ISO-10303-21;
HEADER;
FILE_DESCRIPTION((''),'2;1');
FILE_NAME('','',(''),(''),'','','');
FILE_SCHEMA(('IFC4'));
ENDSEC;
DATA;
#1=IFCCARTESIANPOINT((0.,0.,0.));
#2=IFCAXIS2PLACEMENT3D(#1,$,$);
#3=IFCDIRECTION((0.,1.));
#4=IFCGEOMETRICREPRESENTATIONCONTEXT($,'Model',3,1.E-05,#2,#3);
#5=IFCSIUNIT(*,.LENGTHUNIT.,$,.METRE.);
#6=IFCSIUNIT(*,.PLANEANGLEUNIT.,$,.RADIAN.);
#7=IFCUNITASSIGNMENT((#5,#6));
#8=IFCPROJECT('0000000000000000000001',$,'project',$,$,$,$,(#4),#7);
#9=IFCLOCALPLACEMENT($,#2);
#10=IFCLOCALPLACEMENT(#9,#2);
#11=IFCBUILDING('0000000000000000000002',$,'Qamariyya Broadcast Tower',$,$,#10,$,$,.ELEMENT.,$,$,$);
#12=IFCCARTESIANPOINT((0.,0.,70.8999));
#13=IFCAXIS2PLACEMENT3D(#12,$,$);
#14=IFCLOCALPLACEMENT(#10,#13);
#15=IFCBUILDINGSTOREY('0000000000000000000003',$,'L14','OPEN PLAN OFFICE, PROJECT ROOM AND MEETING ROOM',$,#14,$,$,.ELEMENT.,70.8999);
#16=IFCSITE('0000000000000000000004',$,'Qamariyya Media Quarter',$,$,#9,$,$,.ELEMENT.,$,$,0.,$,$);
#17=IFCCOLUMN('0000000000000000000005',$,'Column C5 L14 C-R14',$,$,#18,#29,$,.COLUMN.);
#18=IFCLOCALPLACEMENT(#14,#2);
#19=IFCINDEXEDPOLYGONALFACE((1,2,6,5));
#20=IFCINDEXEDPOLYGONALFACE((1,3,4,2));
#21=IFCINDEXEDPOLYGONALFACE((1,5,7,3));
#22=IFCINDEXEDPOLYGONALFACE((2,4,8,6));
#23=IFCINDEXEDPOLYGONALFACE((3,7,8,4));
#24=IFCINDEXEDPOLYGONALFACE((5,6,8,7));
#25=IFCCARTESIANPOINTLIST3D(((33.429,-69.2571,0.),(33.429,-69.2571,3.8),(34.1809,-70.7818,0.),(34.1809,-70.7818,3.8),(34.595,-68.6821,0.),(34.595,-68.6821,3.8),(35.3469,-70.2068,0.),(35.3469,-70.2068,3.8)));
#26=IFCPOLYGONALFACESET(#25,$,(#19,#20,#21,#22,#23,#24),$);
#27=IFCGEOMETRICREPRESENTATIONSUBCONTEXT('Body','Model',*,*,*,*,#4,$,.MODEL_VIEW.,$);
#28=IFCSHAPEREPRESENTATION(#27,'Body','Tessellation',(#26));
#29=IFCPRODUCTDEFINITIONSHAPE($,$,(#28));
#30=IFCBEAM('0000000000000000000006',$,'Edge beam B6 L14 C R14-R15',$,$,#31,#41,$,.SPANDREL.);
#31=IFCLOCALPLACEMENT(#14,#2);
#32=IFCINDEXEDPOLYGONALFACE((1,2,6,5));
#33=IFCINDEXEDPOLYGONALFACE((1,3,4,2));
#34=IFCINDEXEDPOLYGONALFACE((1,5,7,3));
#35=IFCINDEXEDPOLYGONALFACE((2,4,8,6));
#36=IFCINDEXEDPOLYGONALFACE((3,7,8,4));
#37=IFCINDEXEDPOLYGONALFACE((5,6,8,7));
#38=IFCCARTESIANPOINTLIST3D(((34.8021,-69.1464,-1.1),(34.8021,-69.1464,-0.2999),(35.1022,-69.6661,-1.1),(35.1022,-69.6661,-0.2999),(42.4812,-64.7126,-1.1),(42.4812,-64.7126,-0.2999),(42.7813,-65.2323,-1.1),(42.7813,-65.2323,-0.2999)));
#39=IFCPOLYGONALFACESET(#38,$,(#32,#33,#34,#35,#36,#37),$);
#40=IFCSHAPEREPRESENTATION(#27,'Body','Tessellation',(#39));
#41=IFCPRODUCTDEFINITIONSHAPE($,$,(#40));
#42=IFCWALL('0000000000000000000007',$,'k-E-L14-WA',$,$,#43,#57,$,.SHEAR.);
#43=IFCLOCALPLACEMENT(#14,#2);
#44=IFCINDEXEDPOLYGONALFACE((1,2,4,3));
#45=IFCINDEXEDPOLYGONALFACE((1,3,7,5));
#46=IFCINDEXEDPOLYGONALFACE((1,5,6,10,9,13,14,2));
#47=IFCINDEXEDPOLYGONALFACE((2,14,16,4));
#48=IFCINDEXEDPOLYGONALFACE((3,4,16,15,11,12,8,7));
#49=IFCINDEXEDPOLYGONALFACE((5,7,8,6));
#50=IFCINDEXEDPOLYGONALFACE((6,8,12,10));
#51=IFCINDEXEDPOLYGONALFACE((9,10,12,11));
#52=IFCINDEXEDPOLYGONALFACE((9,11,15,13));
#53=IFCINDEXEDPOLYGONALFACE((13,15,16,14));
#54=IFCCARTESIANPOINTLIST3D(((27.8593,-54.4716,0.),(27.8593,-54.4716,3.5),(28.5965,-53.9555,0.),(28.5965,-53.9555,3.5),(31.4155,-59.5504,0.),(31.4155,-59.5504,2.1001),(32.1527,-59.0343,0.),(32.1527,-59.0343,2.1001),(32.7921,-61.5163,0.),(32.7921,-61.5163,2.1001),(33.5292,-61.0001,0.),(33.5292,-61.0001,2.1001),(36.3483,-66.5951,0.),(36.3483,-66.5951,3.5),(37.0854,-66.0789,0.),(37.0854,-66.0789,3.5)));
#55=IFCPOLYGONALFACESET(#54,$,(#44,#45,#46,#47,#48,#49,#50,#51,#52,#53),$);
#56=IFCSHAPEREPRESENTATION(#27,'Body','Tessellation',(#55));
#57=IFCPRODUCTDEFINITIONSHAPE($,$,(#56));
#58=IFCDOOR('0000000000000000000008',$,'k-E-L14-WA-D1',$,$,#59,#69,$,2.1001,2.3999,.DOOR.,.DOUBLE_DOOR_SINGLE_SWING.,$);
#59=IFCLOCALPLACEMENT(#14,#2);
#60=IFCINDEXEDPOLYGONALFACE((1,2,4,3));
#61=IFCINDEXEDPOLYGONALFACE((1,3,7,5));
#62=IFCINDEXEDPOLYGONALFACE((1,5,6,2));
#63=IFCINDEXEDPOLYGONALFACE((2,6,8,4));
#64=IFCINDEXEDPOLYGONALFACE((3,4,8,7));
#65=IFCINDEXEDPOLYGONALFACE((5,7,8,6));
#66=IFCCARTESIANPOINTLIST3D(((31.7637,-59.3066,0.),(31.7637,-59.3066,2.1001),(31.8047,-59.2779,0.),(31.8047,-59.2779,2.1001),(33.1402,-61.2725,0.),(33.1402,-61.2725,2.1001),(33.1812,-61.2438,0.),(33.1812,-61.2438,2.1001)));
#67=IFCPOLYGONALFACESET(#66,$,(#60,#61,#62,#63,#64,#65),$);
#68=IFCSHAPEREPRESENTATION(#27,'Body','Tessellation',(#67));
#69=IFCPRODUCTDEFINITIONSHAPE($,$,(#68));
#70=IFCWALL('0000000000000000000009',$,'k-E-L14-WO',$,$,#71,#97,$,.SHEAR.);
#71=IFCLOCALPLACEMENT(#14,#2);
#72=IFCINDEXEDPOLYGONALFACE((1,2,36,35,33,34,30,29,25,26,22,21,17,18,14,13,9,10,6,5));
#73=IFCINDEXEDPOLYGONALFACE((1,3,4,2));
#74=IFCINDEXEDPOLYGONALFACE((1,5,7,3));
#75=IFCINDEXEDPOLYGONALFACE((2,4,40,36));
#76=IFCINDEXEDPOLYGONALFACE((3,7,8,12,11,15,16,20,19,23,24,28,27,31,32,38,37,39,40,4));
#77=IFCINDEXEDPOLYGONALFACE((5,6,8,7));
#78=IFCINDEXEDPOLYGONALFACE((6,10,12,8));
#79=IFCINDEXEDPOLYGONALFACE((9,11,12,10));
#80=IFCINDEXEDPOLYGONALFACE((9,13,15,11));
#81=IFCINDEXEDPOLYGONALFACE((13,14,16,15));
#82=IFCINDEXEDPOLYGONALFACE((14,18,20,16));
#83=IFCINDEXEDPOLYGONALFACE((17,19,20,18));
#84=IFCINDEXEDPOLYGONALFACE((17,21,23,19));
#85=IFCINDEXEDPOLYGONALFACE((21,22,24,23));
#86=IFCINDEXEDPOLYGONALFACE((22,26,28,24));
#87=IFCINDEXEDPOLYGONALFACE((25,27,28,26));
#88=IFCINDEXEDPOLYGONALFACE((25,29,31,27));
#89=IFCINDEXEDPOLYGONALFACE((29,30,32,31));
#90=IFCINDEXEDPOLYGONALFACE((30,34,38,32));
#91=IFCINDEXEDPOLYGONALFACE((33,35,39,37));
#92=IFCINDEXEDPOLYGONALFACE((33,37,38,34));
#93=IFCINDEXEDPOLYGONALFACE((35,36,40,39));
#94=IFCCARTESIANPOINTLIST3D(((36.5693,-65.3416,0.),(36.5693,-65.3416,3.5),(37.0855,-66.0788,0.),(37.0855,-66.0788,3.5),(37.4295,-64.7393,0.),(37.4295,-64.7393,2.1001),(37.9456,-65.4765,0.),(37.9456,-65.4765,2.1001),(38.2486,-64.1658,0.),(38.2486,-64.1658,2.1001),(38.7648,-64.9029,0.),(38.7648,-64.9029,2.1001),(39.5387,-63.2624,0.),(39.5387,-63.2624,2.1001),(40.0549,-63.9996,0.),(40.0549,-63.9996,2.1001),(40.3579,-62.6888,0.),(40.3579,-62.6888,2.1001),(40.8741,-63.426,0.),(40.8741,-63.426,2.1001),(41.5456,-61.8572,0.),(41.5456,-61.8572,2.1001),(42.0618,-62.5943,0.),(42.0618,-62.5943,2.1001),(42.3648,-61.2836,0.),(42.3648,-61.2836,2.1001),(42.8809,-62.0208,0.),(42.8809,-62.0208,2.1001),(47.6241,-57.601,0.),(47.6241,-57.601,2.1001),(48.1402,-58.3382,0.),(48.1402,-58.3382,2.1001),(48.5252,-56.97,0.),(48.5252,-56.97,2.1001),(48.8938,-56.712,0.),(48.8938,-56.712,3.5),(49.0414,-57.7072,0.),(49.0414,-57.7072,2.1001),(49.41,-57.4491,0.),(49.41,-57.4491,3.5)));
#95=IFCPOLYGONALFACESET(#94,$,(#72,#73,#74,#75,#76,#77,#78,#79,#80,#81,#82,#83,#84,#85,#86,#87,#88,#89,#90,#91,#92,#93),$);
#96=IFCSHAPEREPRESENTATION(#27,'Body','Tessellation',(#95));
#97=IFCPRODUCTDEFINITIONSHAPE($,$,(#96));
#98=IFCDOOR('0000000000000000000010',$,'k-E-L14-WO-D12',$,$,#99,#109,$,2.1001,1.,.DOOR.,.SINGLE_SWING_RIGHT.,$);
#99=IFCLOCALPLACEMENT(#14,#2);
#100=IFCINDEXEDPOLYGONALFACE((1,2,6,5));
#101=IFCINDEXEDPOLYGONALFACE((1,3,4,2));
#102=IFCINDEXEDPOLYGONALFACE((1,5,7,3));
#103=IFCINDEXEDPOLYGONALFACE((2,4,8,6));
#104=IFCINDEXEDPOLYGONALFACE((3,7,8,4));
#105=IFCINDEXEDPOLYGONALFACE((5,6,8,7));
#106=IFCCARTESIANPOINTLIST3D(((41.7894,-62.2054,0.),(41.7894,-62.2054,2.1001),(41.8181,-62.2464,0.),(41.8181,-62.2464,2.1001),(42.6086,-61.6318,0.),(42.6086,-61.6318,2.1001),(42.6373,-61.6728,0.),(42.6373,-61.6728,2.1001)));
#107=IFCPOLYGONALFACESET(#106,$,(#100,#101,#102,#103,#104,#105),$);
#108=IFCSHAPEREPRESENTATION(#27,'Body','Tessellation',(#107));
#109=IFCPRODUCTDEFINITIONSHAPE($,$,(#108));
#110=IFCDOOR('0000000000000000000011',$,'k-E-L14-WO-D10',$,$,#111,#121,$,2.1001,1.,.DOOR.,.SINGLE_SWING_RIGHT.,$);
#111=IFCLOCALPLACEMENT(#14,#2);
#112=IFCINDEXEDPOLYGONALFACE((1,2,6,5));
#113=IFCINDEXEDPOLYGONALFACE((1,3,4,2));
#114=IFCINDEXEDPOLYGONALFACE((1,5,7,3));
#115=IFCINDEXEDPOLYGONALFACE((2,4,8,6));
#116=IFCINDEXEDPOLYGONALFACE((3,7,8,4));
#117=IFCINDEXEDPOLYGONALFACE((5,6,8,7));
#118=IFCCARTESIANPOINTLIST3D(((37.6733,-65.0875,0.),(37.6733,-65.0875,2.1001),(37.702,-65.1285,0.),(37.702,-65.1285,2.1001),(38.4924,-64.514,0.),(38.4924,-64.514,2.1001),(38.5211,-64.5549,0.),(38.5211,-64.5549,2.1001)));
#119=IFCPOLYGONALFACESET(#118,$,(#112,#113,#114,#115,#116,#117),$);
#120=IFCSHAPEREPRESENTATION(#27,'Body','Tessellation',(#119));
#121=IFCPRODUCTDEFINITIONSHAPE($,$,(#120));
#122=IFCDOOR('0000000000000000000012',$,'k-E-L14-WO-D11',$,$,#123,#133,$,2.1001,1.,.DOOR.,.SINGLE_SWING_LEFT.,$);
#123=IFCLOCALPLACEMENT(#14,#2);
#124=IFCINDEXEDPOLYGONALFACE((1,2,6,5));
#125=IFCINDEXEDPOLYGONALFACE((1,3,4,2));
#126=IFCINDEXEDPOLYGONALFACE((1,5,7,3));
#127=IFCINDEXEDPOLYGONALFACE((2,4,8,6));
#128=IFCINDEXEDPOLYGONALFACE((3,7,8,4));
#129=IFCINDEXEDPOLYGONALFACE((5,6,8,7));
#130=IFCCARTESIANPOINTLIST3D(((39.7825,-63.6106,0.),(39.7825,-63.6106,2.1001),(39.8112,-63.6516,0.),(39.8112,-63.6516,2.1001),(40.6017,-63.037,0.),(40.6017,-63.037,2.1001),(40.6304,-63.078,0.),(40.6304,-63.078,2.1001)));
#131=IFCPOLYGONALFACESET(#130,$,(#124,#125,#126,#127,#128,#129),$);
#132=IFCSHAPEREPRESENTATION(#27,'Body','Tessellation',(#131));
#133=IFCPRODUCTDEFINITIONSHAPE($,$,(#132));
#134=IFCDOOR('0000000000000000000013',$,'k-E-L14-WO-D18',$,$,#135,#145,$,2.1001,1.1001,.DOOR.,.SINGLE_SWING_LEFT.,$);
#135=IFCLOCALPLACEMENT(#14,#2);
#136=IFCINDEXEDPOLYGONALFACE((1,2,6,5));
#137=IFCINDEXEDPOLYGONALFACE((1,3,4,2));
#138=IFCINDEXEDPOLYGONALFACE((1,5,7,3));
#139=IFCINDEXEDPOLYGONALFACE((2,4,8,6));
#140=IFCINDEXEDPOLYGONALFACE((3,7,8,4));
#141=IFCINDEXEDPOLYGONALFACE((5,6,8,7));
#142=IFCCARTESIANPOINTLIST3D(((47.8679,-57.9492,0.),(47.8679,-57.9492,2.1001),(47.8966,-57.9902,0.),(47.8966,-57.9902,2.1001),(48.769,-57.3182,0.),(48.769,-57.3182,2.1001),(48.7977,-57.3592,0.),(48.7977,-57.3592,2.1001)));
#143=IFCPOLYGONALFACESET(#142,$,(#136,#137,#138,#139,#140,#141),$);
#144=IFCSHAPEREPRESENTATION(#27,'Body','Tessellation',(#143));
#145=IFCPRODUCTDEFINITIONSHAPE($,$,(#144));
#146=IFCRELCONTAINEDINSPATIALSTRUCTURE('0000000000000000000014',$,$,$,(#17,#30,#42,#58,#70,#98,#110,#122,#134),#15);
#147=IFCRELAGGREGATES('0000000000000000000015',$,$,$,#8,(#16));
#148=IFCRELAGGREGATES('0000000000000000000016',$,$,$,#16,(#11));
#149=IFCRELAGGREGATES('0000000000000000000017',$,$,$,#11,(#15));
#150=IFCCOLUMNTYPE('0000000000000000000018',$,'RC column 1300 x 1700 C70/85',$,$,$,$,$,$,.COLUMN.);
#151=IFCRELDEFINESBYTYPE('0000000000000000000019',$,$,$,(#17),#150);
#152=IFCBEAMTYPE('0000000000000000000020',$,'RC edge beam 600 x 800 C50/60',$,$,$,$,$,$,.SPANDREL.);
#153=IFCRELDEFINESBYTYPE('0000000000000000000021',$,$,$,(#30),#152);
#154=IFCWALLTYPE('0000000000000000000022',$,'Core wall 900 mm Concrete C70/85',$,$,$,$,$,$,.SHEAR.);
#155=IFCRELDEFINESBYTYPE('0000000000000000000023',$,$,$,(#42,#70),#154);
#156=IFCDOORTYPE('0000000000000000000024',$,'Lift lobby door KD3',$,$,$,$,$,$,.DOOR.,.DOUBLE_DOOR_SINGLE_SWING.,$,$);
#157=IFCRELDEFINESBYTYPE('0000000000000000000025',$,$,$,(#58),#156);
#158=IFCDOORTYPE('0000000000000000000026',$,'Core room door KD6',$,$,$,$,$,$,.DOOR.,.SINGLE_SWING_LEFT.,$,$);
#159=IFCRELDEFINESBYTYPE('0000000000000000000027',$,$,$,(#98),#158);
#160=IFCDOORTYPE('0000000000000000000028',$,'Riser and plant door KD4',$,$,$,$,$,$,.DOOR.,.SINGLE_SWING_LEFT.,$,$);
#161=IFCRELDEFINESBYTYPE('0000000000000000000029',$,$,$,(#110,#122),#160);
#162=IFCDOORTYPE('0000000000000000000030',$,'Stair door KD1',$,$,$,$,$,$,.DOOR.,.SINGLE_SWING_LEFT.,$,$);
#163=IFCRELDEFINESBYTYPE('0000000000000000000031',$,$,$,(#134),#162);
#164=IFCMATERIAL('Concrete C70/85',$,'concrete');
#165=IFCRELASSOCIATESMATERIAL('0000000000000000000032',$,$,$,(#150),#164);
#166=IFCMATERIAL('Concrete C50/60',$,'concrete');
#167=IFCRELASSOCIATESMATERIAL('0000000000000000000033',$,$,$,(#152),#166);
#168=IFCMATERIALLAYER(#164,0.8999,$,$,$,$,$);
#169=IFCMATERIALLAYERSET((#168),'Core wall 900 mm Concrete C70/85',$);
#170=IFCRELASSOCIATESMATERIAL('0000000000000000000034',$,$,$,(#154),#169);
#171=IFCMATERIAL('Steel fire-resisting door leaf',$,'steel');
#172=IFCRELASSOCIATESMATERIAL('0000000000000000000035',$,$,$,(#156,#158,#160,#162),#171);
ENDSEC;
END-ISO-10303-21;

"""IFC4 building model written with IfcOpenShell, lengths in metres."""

from ifc_helpers import new_model, si_unit, direction, frame, frame_2d, origin, origin_2d, place, context, subcontext, project, spatial, rectangle, extrude, material, layer, layer_set, material_profile, profile_set, type_object, element, fill, save


model = new_model("IFC4")

# Units and contexts
model_context = context("Model", 3, precision=1e-05, world=origin(), true_north=direction((0.0, 1.0)))
body_context = subcontext(model_context, "Body", "Model", "MODEL_VIEW")
ifc_project = project(units=[si_unit("LENGTHUNIT", "METRE"), si_unit("PLANEANGLEUNIT", "RADIAN")], contexts=[model_context])

# Site, building, storey
site_placement = place(None, origin())
site = spatial("IfcSite", under=ifc_project, at=site_placement, Name="Qamariyya Media Quarter", CompositionType="ELEMENT", RefElevation=0.0)
building_placement = place(site_placement, origin())
building = spatial("IfcBuilding", under=site, at=building_placement, Name="Qamariyya Broadcast Tower", CompositionType="ELEMENT")
storey_placement = place(building_placement, frame((0.0, 0.0, 70.8999)))
storey = spatial("IfcBuildingStorey", under=building, at=storey_placement, Name="L14", Description="OPEN PLAN OFFICE, PROJECT ROOM AND MEETING ROOM", CompositionType="ELEMENT", Elevation=70.8999)

# Column
ifc_material_1 = material(Name="Concrete C70/85", Category="concrete")
ifc_material_profile_1 = material_profile(ifc_material_1, rectangle(XDim=1.3, YDim=1.7, at=origin_2d()))
ifc_profile_set_1 = profile_set([ifc_material_profile_1], Name="Concrete C70/85")
column_type = type_object("IfcColumnType", Name="RC column 1300 x 1700 C70/85", PredefinedType="COLUMN", material=ifc_profile_set_1)
column_placement = place(storey_placement, frame((34.3879, -69.7319, 0.0), z_axis=(0.0, 0.0, 1.0), x_axis=(0.896873, 0.442289, 0.0)))
element("IfcColumn", 1, at=column_placement, inside=storey, type_object=column_type, Name="Column C5 L14 C-R14", PredefinedType="COLUMN", context=body_context, shape_type="SweptSolid", body=[
    extrude(rectangle(XDim=1.3, YDim=1.7, at=origin_2d()), origin(), (0.0, 0.0, 1.0), 3.8),
])

# Beam
ifc_material_2 = material(Name="Concrete C50/60", Category="concrete")
ifc_material_profile_2 = material_profile(ifc_material_2, rectangle(XDim=0.6001, YDim=0.8, at=origin_2d()))
ifc_profile_set_2 = profile_set([ifc_material_profile_2], Name="Concrete C50/60")
beam_type = type_object("IfcBeamType", Name="RC edge beam 600 x 800 C50/60", PredefinedType="SPANDREL", material=ifc_profile_set_2)
beam_placement = place(storey_placement, frame((34.9521, -69.4062, -0.7), z_axis=(0.866013, 0.500021, 0.0), x_axis=(-0.500021, 0.866013, 0.0)))
element("IfcBeam", 2, at=beam_placement, inside=storey, type_object=beam_type, Name="Edge beam B6 L14 C R14-R15", PredefinedType="SPANDREL", context=body_context, shape_type="SweptSolid", body=[
    extrude(rectangle(XDim=0.6001, YDim=0.8, at=origin_2d()), origin(), (0.0, 0.0, 1.0), 8.8672),
])

# Wall, opening, door
ifc_layer_1 = layer(ifc_material_1, 0.8999)
ifc_layer_set_1 = layer_set([ifc_layer_1], Name="Core wall 900 mm Concrete C70/85")
wall_type_1 = type_object("IfcWallType", Name="Core wall 900 mm Concrete C70/85", PredefinedType="SHEAR", material=ifc_layer_set_1)
wall_1_placement = place(storey_placement, frame((36.7168, -66.3369, 0.0), z_axis=(0.0, 0.0, 1.0), x_axis=(-0.573577, 0.819151, 0.0)))
wall_1 = element("IfcWall", 3, at=wall_1_placement, inside=storey, type_object=wall_type_1, Name="k-E-L14-WA", PredefinedType="SHEAR", context=body_context, shape_type="SweptSolid", body=[
    extrude(rectangle(XDim=14.8, YDim=0.8999, at=frame_2d((7.3999, 0.0))), origin(), (0.0, 0.0, 1.0), 3.5),
])
opening_1_placement = place(wall_1_placement, frame((6.2, 0.0, 0.0)))
opening_1 = element("IfcOpeningElement", 4, at=opening_1_placement, cuts=wall_1, PredefinedType="OPENING", context=body_context, shape_type="SweptSolid", body=[
    extrude(rectangle(XDim=2.3999, YDim=2.1001, at=frame_2d((1.2, 1.05))), frame((0.0, 0.46, 0.0), z_axis=(0.0, -1.0, 0.0), x_axis=(1.0, 0.0, 0.0)), (0.0, 0.0, 1.0), 0.9199),
])
ifc_material_3 = material(Name="Steel fire-resisting door leaf", Category="steel")
door_type_1 = type_object("IfcDoorType", Name="Lift lobby door KD3", OperationType="DOUBLE_DOOR_SINGLE_SWING", PredefinedType="DOOR", material=ifc_material_3)
door_1_placement = place(opening_1_placement, origin())
door_1 = element("IfcDoor", 5, at=door_1_placement, inside=storey, type_object=door_type_1, Name="k-E-L14-WA-D1", OperationType="DOUBLE_DOOR_SINGLE_SWING", OverallHeight=2.1001, OverallWidth=2.3999, PredefinedType="DOOR", context=body_context, shape_type="SweptSolid", body=[
    extrude(rectangle(XDim=2.3999, YDim=2.1001, at=frame_2d((1.2, 1.05))), frame((0.0, 0.0249, 0.0), z_axis=(0.0, -1.0, 0.0), x_axis=(1.0, 0.0, 0.0)), (0.0, 0.0, 1.0), 0.05),
])
fill(opening_1, door_1)

# Wall, openings, doors
wall_2_placement = place(storey_placement, frame((36.8274, -65.7102, 0.0), z_axis=(0.0, 0.0, 1.0), x_axis=(0.819153, 0.573575, 0.0)))
wall_2 = element("IfcWall", 6, at=wall_2_placement, inside=storey, type_object=wall_type_1, Name="k-E-L14-WO", PredefinedType="SHEAR", context=body_context, shape_type="SweptSolid", body=[
    extrude(rectangle(XDim=15.0454, YDim=0.8999, at=frame_2d((7.5227, 0.0))), origin(), (0.0, 0.0, 1.0), 3.5),
])
opening_2_placement = place(wall_2_placement, frame((1.05, 0.0, 0.0)))
opening_2 = element("IfcOpeningElement", 7, at=opening_2_placement, cuts=wall_2, PredefinedType="OPENING", context=body_context, shape_type="SweptSolid", body=[
    extrude(rectangle(XDim=1.0, YDim=2.1001, at=frame_2d((0.5, 1.05))), frame((0.0, 0.46, 0.0), z_axis=(0.0, -1.0, 0.0), x_axis=(1.0, 0.0, 0.0)), (0.0, 0.0, 1.0), 0.9199),
])
opening_3_placement = place(wall_2_placement, frame((3.625, 0.0, 0.0)))
opening_3 = element("IfcOpeningElement", 8, at=opening_3_placement, cuts=wall_2, PredefinedType="OPENING", context=body_context, shape_type="SweptSolid", body=[
    extrude(rectangle(XDim=1.0, YDim=2.1001, at=frame_2d((0.5, 1.05))), frame((0.0, 0.46, 0.0), z_axis=(0.0, -1.0, 0.0), x_axis=(1.0, 0.0, 0.0)), (0.0, 0.0, 1.0), 0.9199),
])
opening_4_placement = place(wall_2_placement, frame((6.075, 0.0, 0.0)))
opening_4 = element("IfcOpeningElement", 9, at=opening_4_placement, cuts=wall_2, PredefinedType="OPENING", context=body_context, shape_type="SweptSolid", body=[
    extrude(rectangle(XDim=1.0, YDim=2.1001, at=frame_2d((0.5, 1.05))), frame((0.0, 0.46, 0.0), z_axis=(0.0, -1.0, 0.0), x_axis=(1.0, 0.0, 0.0)), (0.0, 0.0, 1.0), 0.9199),
])
opening_5_placement = place(wall_2_placement, frame((13.4954, 0.0, 0.0)))
opening_5 = element("IfcOpeningElement", 10, at=opening_5_placement, cuts=wall_2, PredefinedType="OPENING", context=body_context, shape_type="SweptSolid", body=[
    extrude(rectangle(XDim=1.1001, YDim=2.1001, at=frame_2d((0.55, 1.05))), frame((0.0, 0.46, 0.0), z_axis=(0.0, -1.0, 0.0), x_axis=(1.0, 0.0, 0.0)), (0.0, 0.0, 1.0), 0.9199),
])
door_type_2 = type_object("IfcDoorType", Name="Core room door KD6", OperationType="SINGLE_SWING_LEFT", PredefinedType="DOOR", material=ifc_material_3)
door_2_placement = place(opening_4_placement, origin())
door_2 = element("IfcDoor", 11, at=door_2_placement, inside=storey, type_object=door_type_2, Name="k-E-L14-WO-D12", OperationType="SINGLE_SWING_RIGHT", OverallHeight=2.1001, OverallWidth=1.0, PredefinedType="DOOR", context=body_context, shape_type="SweptSolid", body=[
    extrude(rectangle(XDim=1.0, YDim=2.1001, at=frame_2d((0.5, 1.05))), frame((0.0, 0.0249, 0.0), z_axis=(0.0, -1.0, 0.0), x_axis=(1.0, 0.0, 0.0)), (0.0, 0.0, 1.0), 0.05),
])
fill(opening_4, door_2)
door_type_3 = type_object("IfcDoorType", Name="Riser and plant door KD4", OperationType="SINGLE_SWING_LEFT", PredefinedType="DOOR", material=ifc_material_3)
door_3_placement = place(opening_2_placement, origin())
door_3 = element("IfcDoor", 12, at=door_3_placement, inside=storey, type_object=door_type_3, Name="k-E-L14-WO-D10", OperationType="SINGLE_SWING_RIGHT", OverallHeight=2.1001, OverallWidth=1.0, PredefinedType="DOOR", context=body_context, shape_type="SweptSolid", body=[
    extrude(rectangle(XDim=1.0, YDim=2.1001, at=frame_2d((0.5, 1.05))), frame((0.0, 0.0249, 0.0), z_axis=(0.0, -1.0, 0.0), x_axis=(1.0, 0.0, 0.0)), (0.0, 0.0, 1.0), 0.05),
])
fill(opening_2, door_3)
door_4_placement = place(opening_3_placement, origin())
door_4 = element("IfcDoor", 13, at=door_4_placement, inside=storey, type_object=door_type_3, Name="k-E-L14-WO-D11", OperationType="SINGLE_SWING_LEFT", OverallHeight=2.1001, OverallWidth=1.0, PredefinedType="DOOR", context=body_context, shape_type="SweptSolid", body=[
    extrude(rectangle(XDim=1.0, YDim=2.1001, at=frame_2d((0.5, 1.05))), frame((0.0, 0.0249, 0.0), z_axis=(0.0, -1.0, 0.0), x_axis=(1.0, 0.0, 0.0)), (0.0, 0.0, 1.0), 0.05),
])
fill(opening_3, door_4)
door_type_4 = type_object("IfcDoorType", Name="Stair door KD1", OperationType="SINGLE_SWING_LEFT", PredefinedType="DOOR", material=ifc_material_3)
door_5_placement = place(opening_5_placement, origin())
door_5 = element("IfcDoor", 14, at=door_5_placement, inside=storey, type_object=door_type_4, Name="k-E-L14-WO-D18", OperationType="SINGLE_SWING_LEFT", OverallHeight=2.1001, OverallWidth=1.1001, PredefinedType="DOOR", context=body_context, shape_type="SweptSolid", body=[
    extrude(rectangle(XDim=1.1001, YDim=2.1001, at=frame_2d((0.55, 1.05))), frame((0.0, 0.0249, 0.0), z_axis=(0.0, -1.0, 0.0), x_axis=(1.0, 0.0, 0.0)), (0.0, 0.0, 1.0), 0.05),
])
fill(opening_5, door_5)

save(model, "model.ifc")
